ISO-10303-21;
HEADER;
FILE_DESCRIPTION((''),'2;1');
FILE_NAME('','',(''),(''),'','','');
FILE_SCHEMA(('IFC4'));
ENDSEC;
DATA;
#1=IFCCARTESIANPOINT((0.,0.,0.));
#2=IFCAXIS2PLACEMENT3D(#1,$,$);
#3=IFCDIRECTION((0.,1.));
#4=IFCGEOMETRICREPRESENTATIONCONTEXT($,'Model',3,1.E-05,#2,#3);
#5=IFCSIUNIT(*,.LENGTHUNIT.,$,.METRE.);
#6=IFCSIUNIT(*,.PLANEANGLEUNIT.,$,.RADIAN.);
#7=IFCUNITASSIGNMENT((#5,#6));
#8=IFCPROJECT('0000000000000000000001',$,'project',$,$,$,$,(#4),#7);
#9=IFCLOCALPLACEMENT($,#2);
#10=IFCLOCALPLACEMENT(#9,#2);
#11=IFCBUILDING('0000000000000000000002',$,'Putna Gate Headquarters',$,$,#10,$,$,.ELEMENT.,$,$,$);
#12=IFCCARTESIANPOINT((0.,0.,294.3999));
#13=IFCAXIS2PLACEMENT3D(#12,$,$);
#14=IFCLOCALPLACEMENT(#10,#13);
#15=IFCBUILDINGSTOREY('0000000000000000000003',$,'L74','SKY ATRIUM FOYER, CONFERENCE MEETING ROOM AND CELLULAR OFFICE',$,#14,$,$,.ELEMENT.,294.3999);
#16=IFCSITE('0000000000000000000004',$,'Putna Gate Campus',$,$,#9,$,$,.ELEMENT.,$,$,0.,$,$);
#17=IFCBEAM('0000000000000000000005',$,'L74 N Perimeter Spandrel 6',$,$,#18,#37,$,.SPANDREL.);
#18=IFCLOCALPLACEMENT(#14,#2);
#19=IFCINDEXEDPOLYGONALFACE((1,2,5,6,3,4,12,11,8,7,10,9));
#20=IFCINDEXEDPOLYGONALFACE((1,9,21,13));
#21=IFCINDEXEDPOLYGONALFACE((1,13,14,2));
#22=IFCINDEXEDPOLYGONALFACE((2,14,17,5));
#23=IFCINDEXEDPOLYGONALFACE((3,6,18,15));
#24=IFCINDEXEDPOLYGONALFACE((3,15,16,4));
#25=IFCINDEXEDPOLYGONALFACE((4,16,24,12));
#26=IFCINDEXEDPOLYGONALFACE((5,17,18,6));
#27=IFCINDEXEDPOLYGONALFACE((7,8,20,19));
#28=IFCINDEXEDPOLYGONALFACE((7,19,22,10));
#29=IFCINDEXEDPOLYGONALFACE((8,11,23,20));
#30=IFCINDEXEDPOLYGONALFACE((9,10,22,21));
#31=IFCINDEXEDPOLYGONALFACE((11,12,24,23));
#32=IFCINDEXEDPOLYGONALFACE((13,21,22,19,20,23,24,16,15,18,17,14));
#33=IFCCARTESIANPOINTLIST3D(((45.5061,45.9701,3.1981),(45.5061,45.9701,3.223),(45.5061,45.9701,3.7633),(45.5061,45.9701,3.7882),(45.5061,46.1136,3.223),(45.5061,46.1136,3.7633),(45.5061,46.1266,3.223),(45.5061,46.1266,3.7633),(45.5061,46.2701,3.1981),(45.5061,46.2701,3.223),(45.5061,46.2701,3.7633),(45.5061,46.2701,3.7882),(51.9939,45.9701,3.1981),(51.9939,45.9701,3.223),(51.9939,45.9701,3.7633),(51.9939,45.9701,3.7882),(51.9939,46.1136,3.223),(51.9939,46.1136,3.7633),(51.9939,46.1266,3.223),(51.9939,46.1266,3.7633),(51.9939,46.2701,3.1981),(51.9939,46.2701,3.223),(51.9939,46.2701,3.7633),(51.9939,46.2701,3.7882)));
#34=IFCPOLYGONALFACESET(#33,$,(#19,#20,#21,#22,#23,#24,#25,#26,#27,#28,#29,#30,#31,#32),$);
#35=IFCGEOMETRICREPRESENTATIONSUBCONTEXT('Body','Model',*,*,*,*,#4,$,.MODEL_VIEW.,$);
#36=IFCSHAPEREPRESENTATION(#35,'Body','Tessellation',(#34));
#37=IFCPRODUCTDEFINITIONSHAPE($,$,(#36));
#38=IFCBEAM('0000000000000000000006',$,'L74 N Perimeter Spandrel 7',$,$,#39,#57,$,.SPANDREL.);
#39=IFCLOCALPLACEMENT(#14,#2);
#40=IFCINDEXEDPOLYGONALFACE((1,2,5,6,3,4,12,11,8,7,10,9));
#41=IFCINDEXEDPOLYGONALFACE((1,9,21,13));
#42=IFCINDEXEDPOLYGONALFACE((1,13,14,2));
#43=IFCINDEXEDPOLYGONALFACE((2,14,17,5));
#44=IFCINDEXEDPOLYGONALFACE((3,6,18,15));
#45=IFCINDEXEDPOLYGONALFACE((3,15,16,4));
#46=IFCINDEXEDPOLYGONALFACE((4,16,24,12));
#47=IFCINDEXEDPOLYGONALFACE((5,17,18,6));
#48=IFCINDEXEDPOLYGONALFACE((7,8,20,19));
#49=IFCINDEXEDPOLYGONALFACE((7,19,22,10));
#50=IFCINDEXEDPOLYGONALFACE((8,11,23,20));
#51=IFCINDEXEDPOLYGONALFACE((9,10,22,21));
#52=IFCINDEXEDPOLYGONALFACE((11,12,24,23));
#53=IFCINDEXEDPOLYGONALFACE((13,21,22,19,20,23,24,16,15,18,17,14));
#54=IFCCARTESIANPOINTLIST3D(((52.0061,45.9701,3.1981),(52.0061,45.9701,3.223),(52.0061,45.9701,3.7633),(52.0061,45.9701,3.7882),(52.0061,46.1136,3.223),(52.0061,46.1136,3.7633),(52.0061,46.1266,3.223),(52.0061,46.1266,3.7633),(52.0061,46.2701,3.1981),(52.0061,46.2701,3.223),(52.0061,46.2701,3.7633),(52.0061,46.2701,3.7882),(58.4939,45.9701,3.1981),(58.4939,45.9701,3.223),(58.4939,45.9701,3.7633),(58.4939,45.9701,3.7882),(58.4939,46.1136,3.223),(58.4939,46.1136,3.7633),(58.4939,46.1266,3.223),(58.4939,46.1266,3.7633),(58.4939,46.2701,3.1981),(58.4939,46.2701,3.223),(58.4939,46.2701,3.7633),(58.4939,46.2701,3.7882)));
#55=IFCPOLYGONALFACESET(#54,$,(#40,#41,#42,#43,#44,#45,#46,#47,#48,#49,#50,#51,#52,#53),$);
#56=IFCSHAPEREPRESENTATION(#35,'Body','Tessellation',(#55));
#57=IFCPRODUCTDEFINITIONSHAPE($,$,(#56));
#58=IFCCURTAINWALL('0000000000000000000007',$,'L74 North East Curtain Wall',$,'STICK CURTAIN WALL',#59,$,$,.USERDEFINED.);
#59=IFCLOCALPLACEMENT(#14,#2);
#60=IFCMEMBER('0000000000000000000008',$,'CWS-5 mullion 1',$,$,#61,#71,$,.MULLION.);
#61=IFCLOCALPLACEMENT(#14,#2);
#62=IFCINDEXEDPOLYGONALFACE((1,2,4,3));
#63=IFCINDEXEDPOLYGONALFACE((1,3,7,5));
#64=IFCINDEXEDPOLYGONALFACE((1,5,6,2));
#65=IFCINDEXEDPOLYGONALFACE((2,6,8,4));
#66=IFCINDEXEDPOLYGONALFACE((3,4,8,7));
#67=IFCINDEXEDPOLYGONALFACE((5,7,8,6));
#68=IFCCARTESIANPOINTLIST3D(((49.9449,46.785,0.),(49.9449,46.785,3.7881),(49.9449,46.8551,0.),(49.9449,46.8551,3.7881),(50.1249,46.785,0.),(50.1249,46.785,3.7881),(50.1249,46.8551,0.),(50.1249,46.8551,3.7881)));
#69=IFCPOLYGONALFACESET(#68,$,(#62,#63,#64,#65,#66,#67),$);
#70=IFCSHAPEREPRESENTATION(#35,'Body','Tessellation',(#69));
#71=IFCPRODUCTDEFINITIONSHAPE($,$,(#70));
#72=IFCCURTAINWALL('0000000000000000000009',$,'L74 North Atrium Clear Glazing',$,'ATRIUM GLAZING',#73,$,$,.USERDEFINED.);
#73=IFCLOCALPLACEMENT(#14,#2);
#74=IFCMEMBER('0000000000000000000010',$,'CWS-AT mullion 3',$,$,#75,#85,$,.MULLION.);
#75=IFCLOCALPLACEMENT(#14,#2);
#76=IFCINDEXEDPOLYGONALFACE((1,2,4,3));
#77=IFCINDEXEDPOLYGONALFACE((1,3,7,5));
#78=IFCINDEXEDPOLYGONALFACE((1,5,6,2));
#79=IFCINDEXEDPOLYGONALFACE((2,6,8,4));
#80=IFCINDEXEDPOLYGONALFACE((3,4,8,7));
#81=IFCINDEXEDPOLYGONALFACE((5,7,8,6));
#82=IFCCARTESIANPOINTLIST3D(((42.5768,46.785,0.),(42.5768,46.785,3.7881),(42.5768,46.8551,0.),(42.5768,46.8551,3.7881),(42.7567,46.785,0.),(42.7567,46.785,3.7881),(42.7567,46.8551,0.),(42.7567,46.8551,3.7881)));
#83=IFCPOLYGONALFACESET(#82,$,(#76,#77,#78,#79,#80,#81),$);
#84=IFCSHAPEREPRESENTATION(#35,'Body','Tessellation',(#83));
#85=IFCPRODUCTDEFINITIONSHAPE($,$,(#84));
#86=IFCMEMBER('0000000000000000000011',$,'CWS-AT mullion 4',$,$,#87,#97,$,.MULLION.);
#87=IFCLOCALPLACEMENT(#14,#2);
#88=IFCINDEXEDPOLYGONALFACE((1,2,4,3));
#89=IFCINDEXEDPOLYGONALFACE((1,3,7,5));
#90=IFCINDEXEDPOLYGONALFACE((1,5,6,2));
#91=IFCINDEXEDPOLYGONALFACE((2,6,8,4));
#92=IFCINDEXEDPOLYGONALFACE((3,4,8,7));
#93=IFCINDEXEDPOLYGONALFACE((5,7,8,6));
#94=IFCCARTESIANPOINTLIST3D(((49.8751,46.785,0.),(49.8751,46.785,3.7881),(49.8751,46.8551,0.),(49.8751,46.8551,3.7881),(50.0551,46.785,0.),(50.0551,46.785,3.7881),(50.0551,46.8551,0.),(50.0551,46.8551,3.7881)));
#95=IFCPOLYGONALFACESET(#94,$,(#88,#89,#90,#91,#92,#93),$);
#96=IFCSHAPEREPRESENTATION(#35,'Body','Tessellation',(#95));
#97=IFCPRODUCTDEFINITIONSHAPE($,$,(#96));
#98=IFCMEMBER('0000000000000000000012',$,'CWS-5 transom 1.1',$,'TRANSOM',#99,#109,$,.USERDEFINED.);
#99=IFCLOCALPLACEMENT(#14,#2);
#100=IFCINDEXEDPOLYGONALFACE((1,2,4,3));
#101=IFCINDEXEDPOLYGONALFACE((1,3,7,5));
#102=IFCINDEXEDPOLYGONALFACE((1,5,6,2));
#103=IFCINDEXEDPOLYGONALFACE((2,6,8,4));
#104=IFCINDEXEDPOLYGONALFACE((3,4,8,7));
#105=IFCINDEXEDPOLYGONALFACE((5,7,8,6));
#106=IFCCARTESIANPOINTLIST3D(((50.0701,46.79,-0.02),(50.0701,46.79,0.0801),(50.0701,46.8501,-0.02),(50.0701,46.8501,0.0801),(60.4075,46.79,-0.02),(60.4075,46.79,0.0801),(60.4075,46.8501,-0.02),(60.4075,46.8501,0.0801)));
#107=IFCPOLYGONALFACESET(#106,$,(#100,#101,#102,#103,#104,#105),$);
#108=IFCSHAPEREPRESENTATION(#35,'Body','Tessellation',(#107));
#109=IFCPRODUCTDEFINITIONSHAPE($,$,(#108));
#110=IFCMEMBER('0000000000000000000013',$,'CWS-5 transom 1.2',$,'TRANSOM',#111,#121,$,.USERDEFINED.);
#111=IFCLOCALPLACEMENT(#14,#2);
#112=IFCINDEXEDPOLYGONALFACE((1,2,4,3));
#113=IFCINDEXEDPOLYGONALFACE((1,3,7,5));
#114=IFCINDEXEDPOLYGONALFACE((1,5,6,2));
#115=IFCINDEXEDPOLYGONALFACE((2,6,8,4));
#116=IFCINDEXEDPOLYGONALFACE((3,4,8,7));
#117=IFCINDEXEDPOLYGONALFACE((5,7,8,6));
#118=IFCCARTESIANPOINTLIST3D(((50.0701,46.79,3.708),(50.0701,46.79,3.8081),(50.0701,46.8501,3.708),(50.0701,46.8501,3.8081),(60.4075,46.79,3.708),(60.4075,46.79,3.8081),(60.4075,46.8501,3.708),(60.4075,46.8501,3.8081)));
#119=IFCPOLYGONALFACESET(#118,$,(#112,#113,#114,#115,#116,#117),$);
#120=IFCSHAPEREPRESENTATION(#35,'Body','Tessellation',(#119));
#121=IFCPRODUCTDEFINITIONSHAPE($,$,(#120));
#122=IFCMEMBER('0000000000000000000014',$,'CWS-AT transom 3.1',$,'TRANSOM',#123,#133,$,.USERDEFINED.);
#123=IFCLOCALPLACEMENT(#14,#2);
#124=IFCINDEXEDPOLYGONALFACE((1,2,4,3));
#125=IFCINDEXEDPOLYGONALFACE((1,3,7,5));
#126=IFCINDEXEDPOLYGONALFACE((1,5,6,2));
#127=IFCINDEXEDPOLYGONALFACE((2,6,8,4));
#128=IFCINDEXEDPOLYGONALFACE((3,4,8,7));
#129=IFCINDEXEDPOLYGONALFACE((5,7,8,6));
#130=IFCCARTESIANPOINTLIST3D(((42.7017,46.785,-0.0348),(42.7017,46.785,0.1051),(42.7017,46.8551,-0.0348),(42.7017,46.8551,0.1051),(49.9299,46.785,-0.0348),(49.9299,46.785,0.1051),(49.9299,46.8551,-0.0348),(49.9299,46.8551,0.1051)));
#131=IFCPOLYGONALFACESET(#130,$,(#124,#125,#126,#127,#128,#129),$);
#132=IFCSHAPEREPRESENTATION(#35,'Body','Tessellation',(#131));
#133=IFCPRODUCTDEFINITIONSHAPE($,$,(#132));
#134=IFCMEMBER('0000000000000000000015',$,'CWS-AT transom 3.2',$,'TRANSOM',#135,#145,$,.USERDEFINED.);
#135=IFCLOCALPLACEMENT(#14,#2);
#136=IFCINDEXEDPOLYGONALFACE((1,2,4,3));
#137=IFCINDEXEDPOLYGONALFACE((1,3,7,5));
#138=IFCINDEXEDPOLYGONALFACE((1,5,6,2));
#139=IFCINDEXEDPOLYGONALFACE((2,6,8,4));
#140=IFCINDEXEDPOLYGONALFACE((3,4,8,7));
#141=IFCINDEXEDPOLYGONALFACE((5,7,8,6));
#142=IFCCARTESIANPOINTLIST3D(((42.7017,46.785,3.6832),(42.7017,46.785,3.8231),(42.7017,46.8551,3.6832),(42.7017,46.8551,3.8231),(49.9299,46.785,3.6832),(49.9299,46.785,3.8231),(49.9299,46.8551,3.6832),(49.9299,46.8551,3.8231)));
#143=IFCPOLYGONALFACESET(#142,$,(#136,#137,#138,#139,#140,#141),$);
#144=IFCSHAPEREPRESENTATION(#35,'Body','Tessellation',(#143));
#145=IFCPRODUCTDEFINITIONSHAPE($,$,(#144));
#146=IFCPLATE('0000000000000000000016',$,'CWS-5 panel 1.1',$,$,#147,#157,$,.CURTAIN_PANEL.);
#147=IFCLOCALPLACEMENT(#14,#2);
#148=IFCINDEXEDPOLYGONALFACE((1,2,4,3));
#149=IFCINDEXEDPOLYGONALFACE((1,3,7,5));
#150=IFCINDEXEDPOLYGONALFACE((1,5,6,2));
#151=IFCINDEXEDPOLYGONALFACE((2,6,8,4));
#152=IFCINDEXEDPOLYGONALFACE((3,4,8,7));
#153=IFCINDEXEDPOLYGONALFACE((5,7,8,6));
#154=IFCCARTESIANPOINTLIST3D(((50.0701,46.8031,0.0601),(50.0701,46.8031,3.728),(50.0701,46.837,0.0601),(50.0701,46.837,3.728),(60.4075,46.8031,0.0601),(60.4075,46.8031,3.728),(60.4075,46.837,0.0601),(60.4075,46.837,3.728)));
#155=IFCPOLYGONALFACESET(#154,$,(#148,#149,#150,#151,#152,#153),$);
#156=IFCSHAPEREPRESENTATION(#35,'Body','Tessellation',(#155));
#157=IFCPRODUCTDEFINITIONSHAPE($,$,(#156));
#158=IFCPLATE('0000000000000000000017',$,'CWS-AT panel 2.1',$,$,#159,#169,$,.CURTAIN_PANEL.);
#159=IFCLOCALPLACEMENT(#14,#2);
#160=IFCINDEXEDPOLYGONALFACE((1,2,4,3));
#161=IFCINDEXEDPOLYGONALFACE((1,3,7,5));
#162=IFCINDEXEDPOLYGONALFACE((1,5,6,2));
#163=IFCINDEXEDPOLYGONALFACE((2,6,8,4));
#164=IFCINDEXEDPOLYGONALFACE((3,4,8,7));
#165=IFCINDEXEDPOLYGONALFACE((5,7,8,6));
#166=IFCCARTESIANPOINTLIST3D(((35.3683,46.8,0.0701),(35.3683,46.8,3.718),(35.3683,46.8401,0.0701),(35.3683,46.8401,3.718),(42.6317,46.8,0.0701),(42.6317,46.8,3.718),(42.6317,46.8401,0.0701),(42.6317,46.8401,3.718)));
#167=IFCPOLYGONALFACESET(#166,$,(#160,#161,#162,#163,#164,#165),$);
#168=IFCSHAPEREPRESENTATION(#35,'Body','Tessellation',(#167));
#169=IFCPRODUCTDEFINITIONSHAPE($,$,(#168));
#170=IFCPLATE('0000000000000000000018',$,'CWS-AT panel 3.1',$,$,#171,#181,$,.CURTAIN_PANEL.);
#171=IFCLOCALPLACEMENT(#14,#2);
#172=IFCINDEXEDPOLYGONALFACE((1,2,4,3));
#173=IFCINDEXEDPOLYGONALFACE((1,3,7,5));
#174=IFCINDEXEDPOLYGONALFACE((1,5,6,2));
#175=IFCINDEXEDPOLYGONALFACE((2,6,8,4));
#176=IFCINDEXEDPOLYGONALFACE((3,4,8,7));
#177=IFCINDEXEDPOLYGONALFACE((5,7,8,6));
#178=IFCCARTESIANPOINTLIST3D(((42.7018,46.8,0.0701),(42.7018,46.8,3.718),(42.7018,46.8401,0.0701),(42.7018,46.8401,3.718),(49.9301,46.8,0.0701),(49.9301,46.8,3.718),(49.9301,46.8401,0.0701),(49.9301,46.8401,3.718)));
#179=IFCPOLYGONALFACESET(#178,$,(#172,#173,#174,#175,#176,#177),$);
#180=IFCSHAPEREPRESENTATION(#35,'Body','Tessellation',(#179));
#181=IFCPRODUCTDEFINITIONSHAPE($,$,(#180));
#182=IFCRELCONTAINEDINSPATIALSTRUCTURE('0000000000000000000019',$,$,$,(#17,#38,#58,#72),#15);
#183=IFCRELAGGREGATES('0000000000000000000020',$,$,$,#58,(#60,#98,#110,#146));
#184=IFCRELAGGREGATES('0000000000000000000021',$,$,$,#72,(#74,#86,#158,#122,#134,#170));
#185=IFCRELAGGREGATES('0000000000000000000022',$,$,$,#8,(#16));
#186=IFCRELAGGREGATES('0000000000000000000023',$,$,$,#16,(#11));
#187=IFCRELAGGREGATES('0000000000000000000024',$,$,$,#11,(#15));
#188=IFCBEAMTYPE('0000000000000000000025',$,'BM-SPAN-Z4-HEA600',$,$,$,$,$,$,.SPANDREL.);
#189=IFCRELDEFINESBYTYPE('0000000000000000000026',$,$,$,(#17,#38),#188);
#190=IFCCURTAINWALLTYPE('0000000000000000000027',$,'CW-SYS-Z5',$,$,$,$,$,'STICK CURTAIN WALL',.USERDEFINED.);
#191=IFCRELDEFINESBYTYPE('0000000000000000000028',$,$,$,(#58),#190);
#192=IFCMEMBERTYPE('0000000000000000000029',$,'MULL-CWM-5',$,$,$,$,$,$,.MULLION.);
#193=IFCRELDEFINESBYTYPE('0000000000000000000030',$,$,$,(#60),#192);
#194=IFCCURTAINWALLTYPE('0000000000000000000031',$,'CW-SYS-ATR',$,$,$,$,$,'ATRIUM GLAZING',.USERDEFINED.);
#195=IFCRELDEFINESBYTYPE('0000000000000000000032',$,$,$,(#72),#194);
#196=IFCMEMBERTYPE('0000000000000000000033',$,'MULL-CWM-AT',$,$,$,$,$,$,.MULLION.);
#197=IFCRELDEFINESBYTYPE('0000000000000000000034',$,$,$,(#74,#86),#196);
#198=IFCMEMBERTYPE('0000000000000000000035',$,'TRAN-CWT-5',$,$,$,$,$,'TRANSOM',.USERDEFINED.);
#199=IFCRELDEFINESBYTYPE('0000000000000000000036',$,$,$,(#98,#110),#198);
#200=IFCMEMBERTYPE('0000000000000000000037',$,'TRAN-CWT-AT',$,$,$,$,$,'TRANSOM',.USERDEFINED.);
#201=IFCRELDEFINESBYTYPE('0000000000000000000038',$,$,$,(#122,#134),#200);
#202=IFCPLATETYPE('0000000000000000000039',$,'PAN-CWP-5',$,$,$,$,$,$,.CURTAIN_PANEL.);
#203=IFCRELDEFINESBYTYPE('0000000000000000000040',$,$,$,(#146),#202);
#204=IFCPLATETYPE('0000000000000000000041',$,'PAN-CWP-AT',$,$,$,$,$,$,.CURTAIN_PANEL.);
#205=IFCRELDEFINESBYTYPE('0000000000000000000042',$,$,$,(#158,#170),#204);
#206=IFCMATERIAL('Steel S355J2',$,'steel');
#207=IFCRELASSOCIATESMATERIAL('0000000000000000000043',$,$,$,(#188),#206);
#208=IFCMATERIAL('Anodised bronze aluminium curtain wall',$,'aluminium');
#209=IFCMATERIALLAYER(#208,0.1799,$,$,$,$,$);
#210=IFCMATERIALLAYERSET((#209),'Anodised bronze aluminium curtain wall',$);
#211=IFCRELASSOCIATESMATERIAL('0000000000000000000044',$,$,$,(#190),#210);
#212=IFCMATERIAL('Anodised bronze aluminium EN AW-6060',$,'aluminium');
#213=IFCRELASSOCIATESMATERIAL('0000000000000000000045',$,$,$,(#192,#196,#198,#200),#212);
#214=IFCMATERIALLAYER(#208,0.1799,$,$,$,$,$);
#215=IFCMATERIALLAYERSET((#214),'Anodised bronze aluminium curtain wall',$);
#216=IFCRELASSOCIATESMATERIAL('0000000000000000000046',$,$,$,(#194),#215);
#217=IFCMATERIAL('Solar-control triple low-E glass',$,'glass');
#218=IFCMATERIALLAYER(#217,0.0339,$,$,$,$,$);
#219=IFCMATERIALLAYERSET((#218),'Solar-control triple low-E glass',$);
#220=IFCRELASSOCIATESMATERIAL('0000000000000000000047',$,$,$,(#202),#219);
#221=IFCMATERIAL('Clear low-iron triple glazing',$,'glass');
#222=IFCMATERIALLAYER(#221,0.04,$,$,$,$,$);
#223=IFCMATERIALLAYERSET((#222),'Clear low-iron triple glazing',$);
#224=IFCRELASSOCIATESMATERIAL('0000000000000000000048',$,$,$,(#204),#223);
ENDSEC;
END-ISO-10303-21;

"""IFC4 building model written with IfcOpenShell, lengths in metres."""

from ifc_helpers import new_model, si_unit, direction, frame, origin, origin_2d, place, context, subcontext, project, spatial, rectangle, i_section, extrude, material, layer, layer_set, material_profile, profile_set, type_object, element, aggregate, save


model = new_model("IFC4")

# Units and contexts
model_context = context("Model", 3, precision=1e-05, world=origin(), true_north=direction((0.0, 1.0)))
body_context = subcontext(model_context, "Body", "Model", "MODEL_VIEW")
ifc_project = project(units=[si_unit("LENGTHUNIT", "METRE"), si_unit("PLANEANGLEUNIT", "RADIAN")], contexts=[model_context])

# Site, building, storey
site_placement = place(None, origin())
site = spatial("IfcSite", under=ifc_project, at=site_placement, Name="Putna Gate Campus", CompositionType="ELEMENT", RefElevation=0.0)
building_placement = place(site_placement, origin())
building = spatial("IfcBuilding", under=site, at=building_placement, Name="Putna Gate Headquarters", CompositionType="ELEMENT")
storey_placement = place(building_placement, frame((0.0, 0.0, 294.3999)))
storey = spatial("IfcBuildingStorey", under=building, at=storey_placement, Name="L74", Description="SKY ATRIUM FOYER, CONFERENCE MEETING ROOM AND CELLULAR OFFICE", CompositionType="ELEMENT", Elevation=294.3999)

# Beams
ifc_material_1 = material(Name="Steel S355J2", Category="steel")
ifc_material_profile_1 = material_profile(ifc_material_1, i_section(OverallWidth=0.3, OverallDepth=0.5901, WebThickness=0.0129, FlangeThickness=0.0249, at=origin_2d()), Name="Steel S355J2")
ifc_profile_set_1 = profile_set([ifc_material_profile_1], Name="Steel S355J2")
beam_type_1 = type_object("IfcBeamType", Name="BM-SPAN-Z4-HEA600", PredefinedType="SPANDREL", material=ifc_profile_set_1)
for number, where, z_axis, x_axis, name in (
    (1, (45.5061, 46.1201, 3.4932), (1.0, 0.0, 0.0), (0.0, 1.0, 0.0), "L74 N Perimeter Spandrel 6"),
    (2, (52.0061, 46.1201, 3.4932), (1.0, 0.0, 0.0), (0.0, 1.0, 0.0), "L74 N Perimeter Spandrel 7"),
):
    element("IfcBeam", number, at=place(storey_placement, frame(where, z_axis=z_axis, x_axis=x_axis)), inside=storey, type_object=beam_type_1, Name=name, PredefinedType="SPANDREL", context=body_context, shape_type="SweptSolid", body=[
        extrude(i_section(OverallWidth=0.3, OverallDepth=0.5901, WebThickness=0.0129, FlangeThickness=0.0249, at=origin_2d()), origin(), (0.0, 0.0, 1.0), 6.4878),
    ])

# Curtain wall, member
ifc_material_2 = material(Name="Anodised bronze aluminium curtain wall", Category="aluminium")
ifc_layer_1 = layer(ifc_material_2, 0.1799)
ifc_layer_set_1 = layer_set([ifc_layer_1], Name="Anodised bronze aluminium curtain wall")
curtain_wall_type_1 = type_object("IfcCurtainWallType", Name="CW-SYS-Z5", ElementType="STICK CURTAIN WALL", PredefinedType="USERDEFINED", material=ifc_layer_set_1)
curtain_wall_1_placement = place(storey_placement, origin())
curtain_wall_1 = element("IfcCurtainWall", 3, at=curtain_wall_1_placement, inside=storey, type_object=curtain_wall_type_1, Name="L74 North East Curtain Wall", ObjectType="STICK CURTAIN WALL", PredefinedType="USERDEFINED")
ifc_material_3 = material(Name="Anodised bronze aluminium EN AW-6060", Category="aluminium")
ifc_material_profile_2 = material_profile(ifc_material_3, rectangle(XDim=0.0701, YDim=0.1799, at=origin_2d()), Name="Anodised bronze aluminium EN AW-6060")
ifc_profile_set_2 = profile_set([ifc_material_profile_2], Name="Anodised bronze aluminium EN AW-6060")
member_type_1 = type_object("IfcMemberType", Name="MULL-CWM-5", PredefinedType="MULLION", material=ifc_profile_set_2)
member_1_placement = place(storey_placement, frame((50.0349, 46.8201, 0.0), z_axis=(0.0, 0.0, 1.0), x_axis=(0.0, 1.0, 0.0)))
member_1 = element("IfcMember", 4, at=member_1_placement, type_object=member_type_1, Name="CWS-5 mullion 1", PredefinedType="MULLION", context=body_context, shape_type="SweptSolid", body=[
    extrude(rectangle(XDim=0.0701, YDim=0.1799, at=origin_2d()), origin(), (0.0, 0.0, 1.0), 3.7881),
])

# Curtain wall, members
ifc_layer_2 = layer(ifc_material_2, 0.1799)
ifc_layer_set_2 = layer_set([ifc_layer_2], Name="Anodised bronze aluminium curtain wall")
curtain_wall_type_2 = type_object("IfcCurtainWallType", Name="CW-SYS-ATR", ElementType="ATRIUM GLAZING", PredefinedType="USERDEFINED", material=ifc_layer_set_2)
curtain_wall_2_placement = place(storey_placement, origin())
curtain_wall_2 = element("IfcCurtainWall", 5, at=curtain_wall_2_placement, inside=storey, type_object=curtain_wall_type_2, Name="L74 North Atrium Clear Glazing", ObjectType="ATRIUM GLAZING", PredefinedType="USERDEFINED")
ifc_material_profile_3 = material_profile(ifc_material_3, rectangle(XDim=0.0701, YDim=0.1799, at=origin_2d()), Name="Anodised bronze aluminium EN AW-6060")
ifc_profile_set_3 = profile_set([ifc_material_profile_3], Name="Anodised bronze aluminium EN AW-6060")
member_type_2 = type_object("IfcMemberType", Name="MULL-CWM-AT", PredefinedType="MULLION", material=ifc_profile_set_3)
member_2_placement = place(storey_placement, frame((42.6667, 46.8201, 0.0), z_axis=(0.0, 0.0, 1.0), x_axis=(0.0, 1.0, 0.0)))
member_2 = element("IfcMember", 6, at=member_2_placement, type_object=member_type_2, Name="CWS-AT mullion 3", PredefinedType="MULLION", context=body_context, shape_type="SweptSolid", body=[
    extrude(rectangle(XDim=0.0701, YDim=0.1799, at=origin_2d()), origin(), (0.0, 0.0, 1.0), 3.7881),
])
member_3_placement = place(storey_placement, frame((49.9651, 46.8201, 0.0), z_axis=(0.0, 0.0, 1.0), x_axis=(0.0, 1.0, 0.0)))
member_3 = element("IfcMember", 7, at=member_3_placement, type_object=member_type_2, Name="CWS-AT mullion 4", PredefinedType="MULLION", context=body_context, shape_type="SweptSolid", body=[
    extrude(rectangle(XDim=0.0701, YDim=0.1799, at=origin_2d()), origin(), (0.0, 0.0, 1.0), 3.7881),
])

# Members
ifc_material_profile_4 = material_profile(ifc_material_3, rectangle(XDim=0.0601, YDim=0.1001, at=origin_2d()), Name="Anodised bronze aluminium EN AW-6060")
ifc_profile_set_4 = profile_set([ifc_material_profile_4], Name="Anodised bronze aluminium EN AW-6060")
member_type_3 = type_object("IfcMemberType", Name="TRAN-CWT-5", ElementType="TRANSOM", PredefinedType="USERDEFINED", material=ifc_profile_set_4)
member_4_placement = place(storey_placement, frame((50.0701, 46.8201, 0.03), z_axis=(1.0, 0.0, 0.0), x_axis=(0.0, 1.0, 0.0)))
member_4 = element("IfcMember", 8, at=member_4_placement, type_object=member_type_3, Name="CWS-5 transom 1.1", ObjectType="TRANSOM", PredefinedType="USERDEFINED", context=body_context, shape_type="SweptSolid", body=[
    extrude(rectangle(XDim=0.0601, YDim=0.1001, at=origin_2d()), origin(), (0.0, 0.0, 1.0), 10.3374),
])
member_5_placement = place(storey_placement, frame((50.0701, 46.8201, 3.7581), z_axis=(1.0, 0.0, 0.0), x_axis=(0.0, 1.0, 0.0)))
member_5 = element("IfcMember", 9, at=member_5_placement, type_object=member_type_3, Name="CWS-5 transom 1.2", ObjectType="TRANSOM", PredefinedType="USERDEFINED", context=body_context, shape_type="SweptSolid", body=[
    extrude(rectangle(XDim=0.0601, YDim=0.1001, at=origin_2d()), origin(), (0.0, 0.0, 1.0), 10.3374),
])
ifc_material_profile_5 = material_profile(ifc_material_3, rectangle(XDim=0.0701, YDim=0.1399, at=origin_2d()), Name="Anodised bronze aluminium EN AW-6060")
ifc_profile_set_5 = profile_set([ifc_material_profile_5], Name="Anodised bronze aluminium EN AW-6060")
member_type_4 = type_object("IfcMemberType", Name="TRAN-CWT-AT", ElementType="TRANSOM", PredefinedType="USERDEFINED", material=ifc_profile_set_5)
member_6_placement = place(storey_placement, frame((42.7017, 46.8201, 0.0352), z_axis=(1.0, 0.0, 0.0), x_axis=(0.0, 1.0, 0.0)))
member_6 = element("IfcMember", 10, at=member_6_placement, type_object=member_type_4, Name="CWS-AT transom 3.1", ObjectType="TRANSOM", PredefinedType="USERDEFINED", context=body_context, shape_type="SweptSolid", body=[
    extrude(rectangle(XDim=0.0701, YDim=0.1399, at=origin_2d()), origin(), (0.0, 0.0, 1.0), 7.2283),
])
member_7_placement = place(storey_placement, frame((42.7017, 46.8201, 3.7532), z_axis=(1.0, 0.0, 0.0), x_axis=(0.0, 1.0, 0.0)))
member_7 = element("IfcMember", 11, at=member_7_placement, type_object=member_type_4, Name="CWS-AT transom 3.2", ObjectType="TRANSOM", PredefinedType="USERDEFINED", context=body_context, shape_type="SweptSolid", body=[
    extrude(rectangle(XDim=0.0701, YDim=0.1399, at=origin_2d()), origin(), (0.0, 0.0, 1.0), 7.2283),
])

# Plates
ifc_material_4 = material(Name="Solar-control triple low-E glass", Category="glass")
ifc_layer_3 = layer(ifc_material_4, 0.0339)
ifc_layer_set_3 = layer_set([ifc_layer_3], Name="Solar-control triple low-E glass")
plate_type_1 = type_object("IfcPlateType", Name="PAN-CWP-5", PredefinedType="CURTAIN_PANEL", material=ifc_layer_set_3)
plate_1_placement = place(storey_placement, frame((55.2388, 46.8201, 0.0601), z_axis=(0.0, 0.0, 1.0), x_axis=(1.0, 0.0, 0.0)))
plate_1 = element("IfcPlate", 12, at=plate_1_placement, type_object=plate_type_1, Name="CWS-5 panel 1.1", PredefinedType="CURTAIN_PANEL", context=body_context, shape_type="SweptSolid", body=[
    extrude(rectangle(XDim=10.3374, YDim=0.0339, at=origin_2d()), origin(), (0.0, 0.0, 1.0), 3.668),
])
aggregate(curtain_wall_1, [member_1, member_4, member_5, plate_1])
ifc_material_5 = material(Name="Clear low-iron triple glazing", Category="glass")
ifc_layer_4 = layer(ifc_material_5, 0.04)
ifc_layer_set_4 = layer_set([ifc_layer_4], Name="Clear low-iron triple glazing")
plate_type_2 = type_object("IfcPlateType", Name="PAN-CWP-AT", PredefinedType="CURTAIN_PANEL", material=ifc_layer_set_4)
plate_2_placement = place(storey_placement, frame((39.0, 46.8201, 0.0701), z_axis=(0.0, 0.0, 1.0), x_axis=(1.0, 0.0, 0.0)))
plate_2 = element("IfcPlate", 13, at=plate_2_placement, type_object=plate_type_2, Name="CWS-AT panel 2.1", PredefinedType="CURTAIN_PANEL", context=body_context, shape_type="SweptSolid", body=[
    extrude(rectangle(XDim=7.2634, YDim=0.04, at=origin_2d()), origin(), (0.0, 0.0, 1.0), 3.6479),
])
plate_3_placement = place(storey_placement, frame((46.3159, 46.8201, 0.0701), z_axis=(0.0, 0.0, 1.0), x_axis=(1.0, 0.0, 0.0)))
plate_3 = element("IfcPlate", 14, at=plate_3_placement, type_object=plate_type_2, Name="CWS-AT panel 3.1", PredefinedType="CURTAIN_PANEL", context=body_context, shape_type="SweptSolid", body=[
    extrude(rectangle(XDim=7.2283, YDim=0.04, at=origin_2d()), origin(), (0.0, 0.0, 1.0), 3.6479),
])
aggregate(curtain_wall_2, [member_2, member_3, plate_2, member_6, member_7, plate_3])

save(model, "model.ifc")
